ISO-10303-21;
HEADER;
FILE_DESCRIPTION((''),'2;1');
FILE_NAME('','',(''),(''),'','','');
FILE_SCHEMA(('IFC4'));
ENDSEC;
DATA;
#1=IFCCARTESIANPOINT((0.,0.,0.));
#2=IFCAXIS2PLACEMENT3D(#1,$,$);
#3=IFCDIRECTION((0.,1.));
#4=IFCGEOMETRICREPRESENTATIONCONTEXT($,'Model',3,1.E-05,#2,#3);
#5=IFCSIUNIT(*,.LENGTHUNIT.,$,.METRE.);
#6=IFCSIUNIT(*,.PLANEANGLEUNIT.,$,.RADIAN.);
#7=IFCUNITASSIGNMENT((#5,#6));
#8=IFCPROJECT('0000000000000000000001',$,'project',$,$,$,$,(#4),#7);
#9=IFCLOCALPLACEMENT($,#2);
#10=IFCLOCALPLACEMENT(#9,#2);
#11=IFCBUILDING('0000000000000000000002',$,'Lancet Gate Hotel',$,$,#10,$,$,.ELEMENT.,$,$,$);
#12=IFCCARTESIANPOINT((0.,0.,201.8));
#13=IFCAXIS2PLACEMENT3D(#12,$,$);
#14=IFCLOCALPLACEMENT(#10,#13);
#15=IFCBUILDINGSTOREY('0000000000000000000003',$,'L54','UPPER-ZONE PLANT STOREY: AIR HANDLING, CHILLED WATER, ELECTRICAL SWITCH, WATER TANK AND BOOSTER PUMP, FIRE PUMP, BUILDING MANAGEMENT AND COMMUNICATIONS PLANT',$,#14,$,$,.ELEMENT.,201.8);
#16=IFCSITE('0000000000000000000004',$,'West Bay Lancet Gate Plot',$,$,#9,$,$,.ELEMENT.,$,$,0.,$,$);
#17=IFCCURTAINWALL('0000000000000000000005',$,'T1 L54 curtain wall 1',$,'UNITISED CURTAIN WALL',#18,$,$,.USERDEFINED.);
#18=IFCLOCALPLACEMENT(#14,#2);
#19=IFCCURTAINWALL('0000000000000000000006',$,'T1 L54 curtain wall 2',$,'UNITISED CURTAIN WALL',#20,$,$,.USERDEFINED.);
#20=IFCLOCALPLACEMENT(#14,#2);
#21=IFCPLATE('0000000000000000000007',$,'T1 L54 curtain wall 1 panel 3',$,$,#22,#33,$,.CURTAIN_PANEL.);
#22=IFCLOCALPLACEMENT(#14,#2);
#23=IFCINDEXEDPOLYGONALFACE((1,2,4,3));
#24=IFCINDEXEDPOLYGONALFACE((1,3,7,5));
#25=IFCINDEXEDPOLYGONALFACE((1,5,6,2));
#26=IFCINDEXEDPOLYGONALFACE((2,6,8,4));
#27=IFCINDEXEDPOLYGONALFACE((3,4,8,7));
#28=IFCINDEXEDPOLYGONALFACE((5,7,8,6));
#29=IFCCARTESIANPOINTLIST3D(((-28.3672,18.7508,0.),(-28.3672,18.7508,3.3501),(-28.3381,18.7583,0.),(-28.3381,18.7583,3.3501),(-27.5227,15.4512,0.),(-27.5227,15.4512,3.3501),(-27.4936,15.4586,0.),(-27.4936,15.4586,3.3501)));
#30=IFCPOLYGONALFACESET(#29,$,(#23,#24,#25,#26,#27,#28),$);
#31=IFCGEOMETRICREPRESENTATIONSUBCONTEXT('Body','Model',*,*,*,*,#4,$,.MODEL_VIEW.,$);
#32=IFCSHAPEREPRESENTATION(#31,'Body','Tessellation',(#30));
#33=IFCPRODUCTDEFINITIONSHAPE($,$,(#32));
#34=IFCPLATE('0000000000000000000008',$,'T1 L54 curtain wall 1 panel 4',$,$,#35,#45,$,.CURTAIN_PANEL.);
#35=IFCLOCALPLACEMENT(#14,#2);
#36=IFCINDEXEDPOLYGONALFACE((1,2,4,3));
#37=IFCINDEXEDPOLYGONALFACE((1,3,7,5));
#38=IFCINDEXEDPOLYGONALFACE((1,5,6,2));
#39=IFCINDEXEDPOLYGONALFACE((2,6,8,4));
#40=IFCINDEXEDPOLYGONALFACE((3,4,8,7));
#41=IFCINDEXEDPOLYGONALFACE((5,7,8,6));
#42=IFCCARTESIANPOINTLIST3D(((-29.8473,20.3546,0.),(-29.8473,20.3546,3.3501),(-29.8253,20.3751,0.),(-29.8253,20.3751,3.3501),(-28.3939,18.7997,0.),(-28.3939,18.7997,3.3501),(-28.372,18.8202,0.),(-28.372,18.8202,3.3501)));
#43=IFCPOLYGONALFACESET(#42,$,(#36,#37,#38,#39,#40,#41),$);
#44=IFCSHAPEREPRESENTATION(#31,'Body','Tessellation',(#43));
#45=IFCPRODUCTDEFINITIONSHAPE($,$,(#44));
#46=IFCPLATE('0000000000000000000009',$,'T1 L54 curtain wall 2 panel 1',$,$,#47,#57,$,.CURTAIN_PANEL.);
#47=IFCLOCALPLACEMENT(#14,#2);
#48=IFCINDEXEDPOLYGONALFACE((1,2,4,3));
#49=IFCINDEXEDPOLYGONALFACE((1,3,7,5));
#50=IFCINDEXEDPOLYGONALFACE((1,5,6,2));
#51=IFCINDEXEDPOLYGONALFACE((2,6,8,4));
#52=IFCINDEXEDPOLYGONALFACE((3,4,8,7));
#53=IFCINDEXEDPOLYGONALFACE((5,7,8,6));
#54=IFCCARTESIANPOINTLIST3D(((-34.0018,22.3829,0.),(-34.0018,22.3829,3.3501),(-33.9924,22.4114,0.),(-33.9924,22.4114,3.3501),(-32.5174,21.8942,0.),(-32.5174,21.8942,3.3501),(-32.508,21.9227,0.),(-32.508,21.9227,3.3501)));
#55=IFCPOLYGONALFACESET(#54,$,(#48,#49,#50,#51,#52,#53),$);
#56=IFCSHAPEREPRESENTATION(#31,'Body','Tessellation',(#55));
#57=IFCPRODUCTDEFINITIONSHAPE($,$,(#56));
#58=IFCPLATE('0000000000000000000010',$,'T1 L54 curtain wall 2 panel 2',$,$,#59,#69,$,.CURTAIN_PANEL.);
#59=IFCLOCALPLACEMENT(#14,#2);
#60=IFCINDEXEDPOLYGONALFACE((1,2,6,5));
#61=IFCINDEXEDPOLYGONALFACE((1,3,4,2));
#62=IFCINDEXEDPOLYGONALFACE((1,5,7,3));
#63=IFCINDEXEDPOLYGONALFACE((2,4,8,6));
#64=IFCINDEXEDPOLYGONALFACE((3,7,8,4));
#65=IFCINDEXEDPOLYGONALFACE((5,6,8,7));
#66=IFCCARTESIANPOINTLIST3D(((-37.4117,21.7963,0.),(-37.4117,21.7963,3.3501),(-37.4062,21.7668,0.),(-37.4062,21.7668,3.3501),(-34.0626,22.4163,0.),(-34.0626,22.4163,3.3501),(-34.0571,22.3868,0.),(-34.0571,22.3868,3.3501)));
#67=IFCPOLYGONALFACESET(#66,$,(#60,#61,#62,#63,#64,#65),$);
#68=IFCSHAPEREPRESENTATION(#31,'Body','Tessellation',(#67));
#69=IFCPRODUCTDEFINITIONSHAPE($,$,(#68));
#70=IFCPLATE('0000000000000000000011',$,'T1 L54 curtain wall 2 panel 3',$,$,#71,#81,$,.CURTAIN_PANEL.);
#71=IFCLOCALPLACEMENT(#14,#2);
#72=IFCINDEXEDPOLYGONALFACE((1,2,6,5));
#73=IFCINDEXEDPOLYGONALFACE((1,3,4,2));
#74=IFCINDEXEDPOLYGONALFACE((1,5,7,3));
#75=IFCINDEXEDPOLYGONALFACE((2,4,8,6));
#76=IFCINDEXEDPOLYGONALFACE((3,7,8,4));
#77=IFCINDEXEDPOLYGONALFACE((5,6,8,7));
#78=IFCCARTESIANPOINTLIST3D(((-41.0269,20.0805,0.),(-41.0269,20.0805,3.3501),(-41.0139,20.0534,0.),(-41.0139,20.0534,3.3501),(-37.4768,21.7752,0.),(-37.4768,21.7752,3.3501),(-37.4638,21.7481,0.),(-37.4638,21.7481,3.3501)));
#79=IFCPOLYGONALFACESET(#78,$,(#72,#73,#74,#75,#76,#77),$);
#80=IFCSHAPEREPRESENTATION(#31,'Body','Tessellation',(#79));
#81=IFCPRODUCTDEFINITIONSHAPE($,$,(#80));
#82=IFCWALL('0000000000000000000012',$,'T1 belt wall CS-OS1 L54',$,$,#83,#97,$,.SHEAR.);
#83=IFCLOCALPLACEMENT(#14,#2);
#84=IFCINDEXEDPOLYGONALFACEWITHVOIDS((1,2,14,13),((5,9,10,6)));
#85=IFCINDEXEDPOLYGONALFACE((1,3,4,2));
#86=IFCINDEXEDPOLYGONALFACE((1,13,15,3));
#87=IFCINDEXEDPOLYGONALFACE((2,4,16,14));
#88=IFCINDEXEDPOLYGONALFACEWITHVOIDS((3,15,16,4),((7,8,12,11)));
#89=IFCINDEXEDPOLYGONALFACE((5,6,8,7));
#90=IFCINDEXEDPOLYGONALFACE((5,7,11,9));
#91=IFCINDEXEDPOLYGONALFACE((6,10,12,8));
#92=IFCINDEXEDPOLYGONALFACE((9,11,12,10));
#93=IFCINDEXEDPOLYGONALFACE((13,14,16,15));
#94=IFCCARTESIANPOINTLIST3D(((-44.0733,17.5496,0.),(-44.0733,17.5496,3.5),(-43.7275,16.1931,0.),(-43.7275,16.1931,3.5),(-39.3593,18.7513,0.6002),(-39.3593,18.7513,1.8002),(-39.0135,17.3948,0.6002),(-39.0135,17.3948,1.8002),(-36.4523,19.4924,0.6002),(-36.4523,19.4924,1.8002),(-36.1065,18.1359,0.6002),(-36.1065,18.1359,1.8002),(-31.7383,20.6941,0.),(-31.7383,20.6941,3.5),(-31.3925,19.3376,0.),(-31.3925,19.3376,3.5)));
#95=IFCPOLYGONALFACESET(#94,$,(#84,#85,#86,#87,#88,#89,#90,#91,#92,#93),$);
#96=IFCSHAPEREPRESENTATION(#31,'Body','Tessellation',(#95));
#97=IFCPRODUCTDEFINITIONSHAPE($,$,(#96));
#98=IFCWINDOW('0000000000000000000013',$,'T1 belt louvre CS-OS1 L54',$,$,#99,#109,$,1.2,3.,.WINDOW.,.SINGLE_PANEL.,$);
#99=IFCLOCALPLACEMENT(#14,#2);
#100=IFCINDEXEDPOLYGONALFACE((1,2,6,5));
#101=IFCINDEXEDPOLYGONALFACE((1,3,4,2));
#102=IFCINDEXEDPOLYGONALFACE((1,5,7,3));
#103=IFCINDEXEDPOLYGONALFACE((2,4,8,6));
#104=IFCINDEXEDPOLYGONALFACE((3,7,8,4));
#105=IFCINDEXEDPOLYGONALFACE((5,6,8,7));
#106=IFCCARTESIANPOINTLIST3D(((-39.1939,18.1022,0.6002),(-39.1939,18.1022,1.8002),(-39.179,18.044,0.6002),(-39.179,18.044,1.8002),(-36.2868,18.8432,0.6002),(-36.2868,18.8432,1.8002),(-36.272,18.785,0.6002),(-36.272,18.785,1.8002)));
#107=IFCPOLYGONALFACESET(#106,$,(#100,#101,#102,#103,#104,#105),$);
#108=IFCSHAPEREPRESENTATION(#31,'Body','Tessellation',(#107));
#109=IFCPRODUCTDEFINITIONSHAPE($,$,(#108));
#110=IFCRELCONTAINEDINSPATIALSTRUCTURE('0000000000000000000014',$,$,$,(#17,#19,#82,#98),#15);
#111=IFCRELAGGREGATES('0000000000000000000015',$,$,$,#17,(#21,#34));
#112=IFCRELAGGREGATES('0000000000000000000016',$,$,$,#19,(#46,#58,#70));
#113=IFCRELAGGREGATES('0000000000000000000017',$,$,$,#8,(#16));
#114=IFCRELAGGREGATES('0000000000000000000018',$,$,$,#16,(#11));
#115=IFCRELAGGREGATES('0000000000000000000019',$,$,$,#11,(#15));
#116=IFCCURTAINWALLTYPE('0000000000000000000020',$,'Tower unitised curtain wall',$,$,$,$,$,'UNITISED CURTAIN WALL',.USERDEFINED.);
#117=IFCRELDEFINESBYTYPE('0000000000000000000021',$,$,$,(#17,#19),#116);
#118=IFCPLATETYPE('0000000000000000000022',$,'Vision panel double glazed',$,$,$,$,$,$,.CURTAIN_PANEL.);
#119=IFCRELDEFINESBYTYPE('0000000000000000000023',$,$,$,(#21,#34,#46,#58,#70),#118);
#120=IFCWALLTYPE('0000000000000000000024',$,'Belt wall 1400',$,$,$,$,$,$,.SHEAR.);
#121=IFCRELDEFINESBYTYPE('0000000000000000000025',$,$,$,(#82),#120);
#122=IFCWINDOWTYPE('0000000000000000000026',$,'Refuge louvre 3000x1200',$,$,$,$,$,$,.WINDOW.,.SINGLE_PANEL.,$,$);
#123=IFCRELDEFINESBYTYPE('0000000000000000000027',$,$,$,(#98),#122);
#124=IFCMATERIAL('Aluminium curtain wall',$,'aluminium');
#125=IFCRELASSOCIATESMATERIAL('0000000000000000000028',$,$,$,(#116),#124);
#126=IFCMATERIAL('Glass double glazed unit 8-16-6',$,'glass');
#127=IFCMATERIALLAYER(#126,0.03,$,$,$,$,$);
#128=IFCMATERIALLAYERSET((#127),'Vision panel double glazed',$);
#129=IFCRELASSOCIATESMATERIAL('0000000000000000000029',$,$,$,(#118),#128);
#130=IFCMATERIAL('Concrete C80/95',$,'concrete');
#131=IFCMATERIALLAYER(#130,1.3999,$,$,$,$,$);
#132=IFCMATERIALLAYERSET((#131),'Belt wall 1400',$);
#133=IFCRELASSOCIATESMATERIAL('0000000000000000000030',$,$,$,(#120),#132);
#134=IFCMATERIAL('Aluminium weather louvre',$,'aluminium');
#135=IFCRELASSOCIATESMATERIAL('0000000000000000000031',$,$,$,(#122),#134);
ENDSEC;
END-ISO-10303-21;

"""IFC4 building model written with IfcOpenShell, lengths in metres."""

from ifc_helpers import new_model, si_unit, direction, frame, frame_2d, origin, origin_2d, place, context, subcontext, project, spatial, rectangle, extrude, material, layer, layer_set, type_object, element, fill, aggregate, save


model = new_model("IFC4")

# Units and contexts
model_context = context("Model", 3, precision=1e-05, world=origin(), true_north=direction((0.0, 1.0)))
body_context = subcontext(model_context, "Body", "Model", "MODEL_VIEW")
ifc_project = project(units=[si_unit("LENGTHUNIT", "METRE"), si_unit("PLANEANGLEUNIT", "RADIAN")], contexts=[model_context])

# Site, building, storey
site_placement = place(None, origin())
site = spatial("IfcSite", under=ifc_project, at=site_placement, Name="West Bay Lancet Gate Plot", CompositionType="ELEMENT", RefElevation=0.0)
building_placement = place(site_placement, origin())
building = spatial("IfcBuilding", under=site, at=building_placement, Name="Lancet Gate Hotel", CompositionType="ELEMENT")
storey_placement = place(building_placement, frame((0.0, 0.0, 201.8)))
storey = spatial("IfcBuildingStorey", under=building, at=storey_placement, Name="L54", Description="UPPER-ZONE PLANT STOREY: AIR HANDLING, CHILLED WATER, ELECTRICAL SWITCH, WATER TANK AND BOOSTER PUMP, FIRE PUMP, BUILDING MANAGEMENT AND COMMUNICATIONS PLANT", CompositionType="ELEMENT", Elevation=201.8)

# Curtain walls
ifc_material_1 = material(Name="Aluminium curtain wall", Category="aluminium")
curtain_wall_type = type_object("IfcCurtainWallType", Name="Tower unitised curtain wall", ElementType="UNITISED CURTAIN WALL", PredefinedType="USERDEFINED", material=ifc_material_1)
curtain_wall_1_placement = place(storey_placement, origin())
curtain_wall_1 = element("IfcCurtainWall", 1, at=curtain_wall_1_placement, inside=storey, type_object=curtain_wall_type, Name="T1 L54 curtain wall 1", ObjectType="UNITISED CURTAIN WALL", PredefinedType="USERDEFINED")
curtain_wall_2_placement = place(storey_placement, origin())
curtain_wall_2 = element("IfcCurtainWall", 2, at=curtain_wall_2_placement, inside=storey, type_object=curtain_wall_type, Name="T1 L54 curtain wall 2", ObjectType="UNITISED CURTAIN WALL", PredefinedType="USERDEFINED")

# Plates
ifc_material_2 = material(Name="Glass double glazed unit 8-16-6", Category="glass")
ifc_layer_1 = layer(ifc_material_2, 0.03)
ifc_layer_set_1 = layer_set([ifc_layer_1], Name="Vision panel double glazed")
plate_type = type_object("IfcPlateType", Name="Vision panel double glazed", PredefinedType="CURTAIN_PANEL", material=ifc_layer_set_1)
plate_1_placement = place(storey_placement, frame((-27.9304, 17.1047, 0.0), z_axis=(0.0, 0.0, 1.0), x_axis=(-0.247937, 0.968776, 0.0)))
plate_1 = element("IfcPlate", 3, at=plate_1_placement, type_object=plate_type, Name="T1 L54 curtain wall 1 panel 3", PredefinedType="CURTAIN_PANEL", context=body_context, shape_type="SweptSolid", body=[
    extrude(rectangle(XDim=3.406, YDim=0.03, at=origin_2d()), origin(), (0.0, 0.0, 1.0), 3.3501),
])
plate_2_placement = place(storey_placement, frame((-29.1096, 19.5874, 0.0), z_axis=(0.0, 0.0, 1.0), x_axis=(-0.682845, 0.730563, 0.0)))
plate_2 = element("IfcPlate", 4, at=plate_2_placement, type_object=plate_type, Name="T1 L54 curtain wall 1 panel 4", PredefinedType="CURTAIN_PANEL", context=body_context, shape_type="SweptSolid", body=[
    extrude(rectangle(XDim=2.1284, YDim=0.03, at=origin_2d()), origin(), (0.0, 0.0, 1.0), 3.3501),
])
aggregate(curtain_wall_1, [plate_1, plate_2])
plate_3_placement = place(storey_placement, frame((-33.2549, 22.1528, 0.0), z_axis=(0.0, 0.0, 1.0), x_axis=(-0.949848, 0.312712, 0.0)))
plate_3 = element("IfcPlate", 5, at=plate_3_placement, type_object=plate_type, Name="T1 L54 curtain wall 2 panel 1", PredefinedType="CURTAIN_PANEL", context=body_context, shape_type="SweptSolid", body=[
    extrude(rectangle(XDim=1.5627, YDim=0.03, at=origin_2d()), origin(), (0.0, 0.0, 1.0), 3.3501),
])
plate_4_placement = place(storey_placement, frame((-35.7344, 22.0916, 0.0), z_axis=(0.0, 0.0, 1.0), x_axis=(-0.983292, -0.182033, 0.0)))
plate_4 = element("IfcPlate", 6, at=plate_4_placement, type_object=plate_type, Name="T1 L54 curtain wall 2 panel 2", PredefinedType="CURTAIN_PANEL", context=body_context, shape_type="SweptSolid", body=[
    extrude(rectangle(XDim=3.406, YDim=0.03, at=origin_2d()), origin(), (0.0, 0.0, 1.0), 3.3501),
])
plate_5_placement = place(storey_placement, frame((-39.2454, 20.9143, 0.0), z_axis=(0.0, 0.0, 1.0), x_axis=(-0.902454, -0.430787, 0.0)))
plate_5 = element("IfcPlate", 7, at=plate_5_placement, type_object=plate_type, Name="T1 L54 curtain wall 2 panel 3", PredefinedType="CURTAIN_PANEL", context=body_context, shape_type="SweptSolid", body=[
    extrude(rectangle(XDim=3.9338, YDim=0.03, at=origin_2d()), origin(), (0.0, 0.0, 1.0), 3.3501),
])
aggregate(curtain_wall_2, [plate_3, plate_4, plate_5])

# Wall, opening, window
ifc_material_3 = material(Name="Concrete C80/95", Category="concrete")
ifc_layer_2 = layer(ifc_material_3, 1.3999)
ifc_layer_set_2 = layer_set([ifc_layer_2], Name="Belt wall 1400")
wall_type_1 = type_object("IfcWallType", Name="Belt wall 1400", PredefinedType="SHEAR", material=ifc_layer_set_2)
wall_1_placement = place(storey_placement, frame((-31.5654, 20.0159, 0.0), z_axis=(0.0, 0.0, 1.0), x_axis=(-0.969008, -0.247028, 0.0)))
wall_1 = element("IfcWall", 8, at=wall_1_placement, inside=storey, type_object=wall_type_1, Name="T1 belt wall CS-OS1 L54", PredefinedType="SHEAR", context=body_context, shape_type="SweptSolid", body=[
    extrude(rectangle(XDim=12.7295, YDim=1.3999, at=frame_2d((6.3647, 0.0))), origin(), (0.0, 0.0, 1.0), 3.5),
])
opening_1_placement = place(wall_1_placement, frame((4.8647, 0.0, 0.6001)))
opening_1 = element("IfcOpeningElement", 9, at=opening_1_placement, cuts=wall_1, PredefinedType="OPENING", context=body_context, shape_type="SweptSolid", body=[
    extrude(rectangle(XDim=3.0, YDim=1.2, at=frame_2d((1.5, 0.6001))), frame((0.0, 0.71, 0.0), z_axis=(0.0, -1.0, 0.0), x_axis=(1.0, 0.0, 0.0)), (0.0, 0.0, 1.0), 1.4199),
])
ifc_material_4 = material(Name="Aluminium weather louvre", Category="aluminium")
window_type = type_object("IfcWindowType", Name="Refuge louvre 3000x1200", PartitioningType="SINGLE_PANEL", PredefinedType="WINDOW", material=ifc_material_4)
window_placement = place(opening_1_placement, origin())
window = element("IfcWindow", 10, at=window_placement, inside=storey, type_object=window_type, Name="T1 belt louvre CS-OS1 L54", OverallHeight=1.2, OverallWidth=3.0, PartitioningType="SINGLE_PANEL", PredefinedType="WINDOW", context=body_context, shape_type="SweptSolid", body=[
    extrude(rectangle(XDim=3.0, YDim=1.2, at=frame_2d((1.5, 0.6001))), frame((0.0, 0.03, 0.0), z_axis=(0.0, -1.0, 0.0), x_axis=(1.0, 0.0, 0.0)), (0.0, 0.0, 1.0), 0.0601),
])
fill(opening_1, window)

save(model, "model.ifc")
